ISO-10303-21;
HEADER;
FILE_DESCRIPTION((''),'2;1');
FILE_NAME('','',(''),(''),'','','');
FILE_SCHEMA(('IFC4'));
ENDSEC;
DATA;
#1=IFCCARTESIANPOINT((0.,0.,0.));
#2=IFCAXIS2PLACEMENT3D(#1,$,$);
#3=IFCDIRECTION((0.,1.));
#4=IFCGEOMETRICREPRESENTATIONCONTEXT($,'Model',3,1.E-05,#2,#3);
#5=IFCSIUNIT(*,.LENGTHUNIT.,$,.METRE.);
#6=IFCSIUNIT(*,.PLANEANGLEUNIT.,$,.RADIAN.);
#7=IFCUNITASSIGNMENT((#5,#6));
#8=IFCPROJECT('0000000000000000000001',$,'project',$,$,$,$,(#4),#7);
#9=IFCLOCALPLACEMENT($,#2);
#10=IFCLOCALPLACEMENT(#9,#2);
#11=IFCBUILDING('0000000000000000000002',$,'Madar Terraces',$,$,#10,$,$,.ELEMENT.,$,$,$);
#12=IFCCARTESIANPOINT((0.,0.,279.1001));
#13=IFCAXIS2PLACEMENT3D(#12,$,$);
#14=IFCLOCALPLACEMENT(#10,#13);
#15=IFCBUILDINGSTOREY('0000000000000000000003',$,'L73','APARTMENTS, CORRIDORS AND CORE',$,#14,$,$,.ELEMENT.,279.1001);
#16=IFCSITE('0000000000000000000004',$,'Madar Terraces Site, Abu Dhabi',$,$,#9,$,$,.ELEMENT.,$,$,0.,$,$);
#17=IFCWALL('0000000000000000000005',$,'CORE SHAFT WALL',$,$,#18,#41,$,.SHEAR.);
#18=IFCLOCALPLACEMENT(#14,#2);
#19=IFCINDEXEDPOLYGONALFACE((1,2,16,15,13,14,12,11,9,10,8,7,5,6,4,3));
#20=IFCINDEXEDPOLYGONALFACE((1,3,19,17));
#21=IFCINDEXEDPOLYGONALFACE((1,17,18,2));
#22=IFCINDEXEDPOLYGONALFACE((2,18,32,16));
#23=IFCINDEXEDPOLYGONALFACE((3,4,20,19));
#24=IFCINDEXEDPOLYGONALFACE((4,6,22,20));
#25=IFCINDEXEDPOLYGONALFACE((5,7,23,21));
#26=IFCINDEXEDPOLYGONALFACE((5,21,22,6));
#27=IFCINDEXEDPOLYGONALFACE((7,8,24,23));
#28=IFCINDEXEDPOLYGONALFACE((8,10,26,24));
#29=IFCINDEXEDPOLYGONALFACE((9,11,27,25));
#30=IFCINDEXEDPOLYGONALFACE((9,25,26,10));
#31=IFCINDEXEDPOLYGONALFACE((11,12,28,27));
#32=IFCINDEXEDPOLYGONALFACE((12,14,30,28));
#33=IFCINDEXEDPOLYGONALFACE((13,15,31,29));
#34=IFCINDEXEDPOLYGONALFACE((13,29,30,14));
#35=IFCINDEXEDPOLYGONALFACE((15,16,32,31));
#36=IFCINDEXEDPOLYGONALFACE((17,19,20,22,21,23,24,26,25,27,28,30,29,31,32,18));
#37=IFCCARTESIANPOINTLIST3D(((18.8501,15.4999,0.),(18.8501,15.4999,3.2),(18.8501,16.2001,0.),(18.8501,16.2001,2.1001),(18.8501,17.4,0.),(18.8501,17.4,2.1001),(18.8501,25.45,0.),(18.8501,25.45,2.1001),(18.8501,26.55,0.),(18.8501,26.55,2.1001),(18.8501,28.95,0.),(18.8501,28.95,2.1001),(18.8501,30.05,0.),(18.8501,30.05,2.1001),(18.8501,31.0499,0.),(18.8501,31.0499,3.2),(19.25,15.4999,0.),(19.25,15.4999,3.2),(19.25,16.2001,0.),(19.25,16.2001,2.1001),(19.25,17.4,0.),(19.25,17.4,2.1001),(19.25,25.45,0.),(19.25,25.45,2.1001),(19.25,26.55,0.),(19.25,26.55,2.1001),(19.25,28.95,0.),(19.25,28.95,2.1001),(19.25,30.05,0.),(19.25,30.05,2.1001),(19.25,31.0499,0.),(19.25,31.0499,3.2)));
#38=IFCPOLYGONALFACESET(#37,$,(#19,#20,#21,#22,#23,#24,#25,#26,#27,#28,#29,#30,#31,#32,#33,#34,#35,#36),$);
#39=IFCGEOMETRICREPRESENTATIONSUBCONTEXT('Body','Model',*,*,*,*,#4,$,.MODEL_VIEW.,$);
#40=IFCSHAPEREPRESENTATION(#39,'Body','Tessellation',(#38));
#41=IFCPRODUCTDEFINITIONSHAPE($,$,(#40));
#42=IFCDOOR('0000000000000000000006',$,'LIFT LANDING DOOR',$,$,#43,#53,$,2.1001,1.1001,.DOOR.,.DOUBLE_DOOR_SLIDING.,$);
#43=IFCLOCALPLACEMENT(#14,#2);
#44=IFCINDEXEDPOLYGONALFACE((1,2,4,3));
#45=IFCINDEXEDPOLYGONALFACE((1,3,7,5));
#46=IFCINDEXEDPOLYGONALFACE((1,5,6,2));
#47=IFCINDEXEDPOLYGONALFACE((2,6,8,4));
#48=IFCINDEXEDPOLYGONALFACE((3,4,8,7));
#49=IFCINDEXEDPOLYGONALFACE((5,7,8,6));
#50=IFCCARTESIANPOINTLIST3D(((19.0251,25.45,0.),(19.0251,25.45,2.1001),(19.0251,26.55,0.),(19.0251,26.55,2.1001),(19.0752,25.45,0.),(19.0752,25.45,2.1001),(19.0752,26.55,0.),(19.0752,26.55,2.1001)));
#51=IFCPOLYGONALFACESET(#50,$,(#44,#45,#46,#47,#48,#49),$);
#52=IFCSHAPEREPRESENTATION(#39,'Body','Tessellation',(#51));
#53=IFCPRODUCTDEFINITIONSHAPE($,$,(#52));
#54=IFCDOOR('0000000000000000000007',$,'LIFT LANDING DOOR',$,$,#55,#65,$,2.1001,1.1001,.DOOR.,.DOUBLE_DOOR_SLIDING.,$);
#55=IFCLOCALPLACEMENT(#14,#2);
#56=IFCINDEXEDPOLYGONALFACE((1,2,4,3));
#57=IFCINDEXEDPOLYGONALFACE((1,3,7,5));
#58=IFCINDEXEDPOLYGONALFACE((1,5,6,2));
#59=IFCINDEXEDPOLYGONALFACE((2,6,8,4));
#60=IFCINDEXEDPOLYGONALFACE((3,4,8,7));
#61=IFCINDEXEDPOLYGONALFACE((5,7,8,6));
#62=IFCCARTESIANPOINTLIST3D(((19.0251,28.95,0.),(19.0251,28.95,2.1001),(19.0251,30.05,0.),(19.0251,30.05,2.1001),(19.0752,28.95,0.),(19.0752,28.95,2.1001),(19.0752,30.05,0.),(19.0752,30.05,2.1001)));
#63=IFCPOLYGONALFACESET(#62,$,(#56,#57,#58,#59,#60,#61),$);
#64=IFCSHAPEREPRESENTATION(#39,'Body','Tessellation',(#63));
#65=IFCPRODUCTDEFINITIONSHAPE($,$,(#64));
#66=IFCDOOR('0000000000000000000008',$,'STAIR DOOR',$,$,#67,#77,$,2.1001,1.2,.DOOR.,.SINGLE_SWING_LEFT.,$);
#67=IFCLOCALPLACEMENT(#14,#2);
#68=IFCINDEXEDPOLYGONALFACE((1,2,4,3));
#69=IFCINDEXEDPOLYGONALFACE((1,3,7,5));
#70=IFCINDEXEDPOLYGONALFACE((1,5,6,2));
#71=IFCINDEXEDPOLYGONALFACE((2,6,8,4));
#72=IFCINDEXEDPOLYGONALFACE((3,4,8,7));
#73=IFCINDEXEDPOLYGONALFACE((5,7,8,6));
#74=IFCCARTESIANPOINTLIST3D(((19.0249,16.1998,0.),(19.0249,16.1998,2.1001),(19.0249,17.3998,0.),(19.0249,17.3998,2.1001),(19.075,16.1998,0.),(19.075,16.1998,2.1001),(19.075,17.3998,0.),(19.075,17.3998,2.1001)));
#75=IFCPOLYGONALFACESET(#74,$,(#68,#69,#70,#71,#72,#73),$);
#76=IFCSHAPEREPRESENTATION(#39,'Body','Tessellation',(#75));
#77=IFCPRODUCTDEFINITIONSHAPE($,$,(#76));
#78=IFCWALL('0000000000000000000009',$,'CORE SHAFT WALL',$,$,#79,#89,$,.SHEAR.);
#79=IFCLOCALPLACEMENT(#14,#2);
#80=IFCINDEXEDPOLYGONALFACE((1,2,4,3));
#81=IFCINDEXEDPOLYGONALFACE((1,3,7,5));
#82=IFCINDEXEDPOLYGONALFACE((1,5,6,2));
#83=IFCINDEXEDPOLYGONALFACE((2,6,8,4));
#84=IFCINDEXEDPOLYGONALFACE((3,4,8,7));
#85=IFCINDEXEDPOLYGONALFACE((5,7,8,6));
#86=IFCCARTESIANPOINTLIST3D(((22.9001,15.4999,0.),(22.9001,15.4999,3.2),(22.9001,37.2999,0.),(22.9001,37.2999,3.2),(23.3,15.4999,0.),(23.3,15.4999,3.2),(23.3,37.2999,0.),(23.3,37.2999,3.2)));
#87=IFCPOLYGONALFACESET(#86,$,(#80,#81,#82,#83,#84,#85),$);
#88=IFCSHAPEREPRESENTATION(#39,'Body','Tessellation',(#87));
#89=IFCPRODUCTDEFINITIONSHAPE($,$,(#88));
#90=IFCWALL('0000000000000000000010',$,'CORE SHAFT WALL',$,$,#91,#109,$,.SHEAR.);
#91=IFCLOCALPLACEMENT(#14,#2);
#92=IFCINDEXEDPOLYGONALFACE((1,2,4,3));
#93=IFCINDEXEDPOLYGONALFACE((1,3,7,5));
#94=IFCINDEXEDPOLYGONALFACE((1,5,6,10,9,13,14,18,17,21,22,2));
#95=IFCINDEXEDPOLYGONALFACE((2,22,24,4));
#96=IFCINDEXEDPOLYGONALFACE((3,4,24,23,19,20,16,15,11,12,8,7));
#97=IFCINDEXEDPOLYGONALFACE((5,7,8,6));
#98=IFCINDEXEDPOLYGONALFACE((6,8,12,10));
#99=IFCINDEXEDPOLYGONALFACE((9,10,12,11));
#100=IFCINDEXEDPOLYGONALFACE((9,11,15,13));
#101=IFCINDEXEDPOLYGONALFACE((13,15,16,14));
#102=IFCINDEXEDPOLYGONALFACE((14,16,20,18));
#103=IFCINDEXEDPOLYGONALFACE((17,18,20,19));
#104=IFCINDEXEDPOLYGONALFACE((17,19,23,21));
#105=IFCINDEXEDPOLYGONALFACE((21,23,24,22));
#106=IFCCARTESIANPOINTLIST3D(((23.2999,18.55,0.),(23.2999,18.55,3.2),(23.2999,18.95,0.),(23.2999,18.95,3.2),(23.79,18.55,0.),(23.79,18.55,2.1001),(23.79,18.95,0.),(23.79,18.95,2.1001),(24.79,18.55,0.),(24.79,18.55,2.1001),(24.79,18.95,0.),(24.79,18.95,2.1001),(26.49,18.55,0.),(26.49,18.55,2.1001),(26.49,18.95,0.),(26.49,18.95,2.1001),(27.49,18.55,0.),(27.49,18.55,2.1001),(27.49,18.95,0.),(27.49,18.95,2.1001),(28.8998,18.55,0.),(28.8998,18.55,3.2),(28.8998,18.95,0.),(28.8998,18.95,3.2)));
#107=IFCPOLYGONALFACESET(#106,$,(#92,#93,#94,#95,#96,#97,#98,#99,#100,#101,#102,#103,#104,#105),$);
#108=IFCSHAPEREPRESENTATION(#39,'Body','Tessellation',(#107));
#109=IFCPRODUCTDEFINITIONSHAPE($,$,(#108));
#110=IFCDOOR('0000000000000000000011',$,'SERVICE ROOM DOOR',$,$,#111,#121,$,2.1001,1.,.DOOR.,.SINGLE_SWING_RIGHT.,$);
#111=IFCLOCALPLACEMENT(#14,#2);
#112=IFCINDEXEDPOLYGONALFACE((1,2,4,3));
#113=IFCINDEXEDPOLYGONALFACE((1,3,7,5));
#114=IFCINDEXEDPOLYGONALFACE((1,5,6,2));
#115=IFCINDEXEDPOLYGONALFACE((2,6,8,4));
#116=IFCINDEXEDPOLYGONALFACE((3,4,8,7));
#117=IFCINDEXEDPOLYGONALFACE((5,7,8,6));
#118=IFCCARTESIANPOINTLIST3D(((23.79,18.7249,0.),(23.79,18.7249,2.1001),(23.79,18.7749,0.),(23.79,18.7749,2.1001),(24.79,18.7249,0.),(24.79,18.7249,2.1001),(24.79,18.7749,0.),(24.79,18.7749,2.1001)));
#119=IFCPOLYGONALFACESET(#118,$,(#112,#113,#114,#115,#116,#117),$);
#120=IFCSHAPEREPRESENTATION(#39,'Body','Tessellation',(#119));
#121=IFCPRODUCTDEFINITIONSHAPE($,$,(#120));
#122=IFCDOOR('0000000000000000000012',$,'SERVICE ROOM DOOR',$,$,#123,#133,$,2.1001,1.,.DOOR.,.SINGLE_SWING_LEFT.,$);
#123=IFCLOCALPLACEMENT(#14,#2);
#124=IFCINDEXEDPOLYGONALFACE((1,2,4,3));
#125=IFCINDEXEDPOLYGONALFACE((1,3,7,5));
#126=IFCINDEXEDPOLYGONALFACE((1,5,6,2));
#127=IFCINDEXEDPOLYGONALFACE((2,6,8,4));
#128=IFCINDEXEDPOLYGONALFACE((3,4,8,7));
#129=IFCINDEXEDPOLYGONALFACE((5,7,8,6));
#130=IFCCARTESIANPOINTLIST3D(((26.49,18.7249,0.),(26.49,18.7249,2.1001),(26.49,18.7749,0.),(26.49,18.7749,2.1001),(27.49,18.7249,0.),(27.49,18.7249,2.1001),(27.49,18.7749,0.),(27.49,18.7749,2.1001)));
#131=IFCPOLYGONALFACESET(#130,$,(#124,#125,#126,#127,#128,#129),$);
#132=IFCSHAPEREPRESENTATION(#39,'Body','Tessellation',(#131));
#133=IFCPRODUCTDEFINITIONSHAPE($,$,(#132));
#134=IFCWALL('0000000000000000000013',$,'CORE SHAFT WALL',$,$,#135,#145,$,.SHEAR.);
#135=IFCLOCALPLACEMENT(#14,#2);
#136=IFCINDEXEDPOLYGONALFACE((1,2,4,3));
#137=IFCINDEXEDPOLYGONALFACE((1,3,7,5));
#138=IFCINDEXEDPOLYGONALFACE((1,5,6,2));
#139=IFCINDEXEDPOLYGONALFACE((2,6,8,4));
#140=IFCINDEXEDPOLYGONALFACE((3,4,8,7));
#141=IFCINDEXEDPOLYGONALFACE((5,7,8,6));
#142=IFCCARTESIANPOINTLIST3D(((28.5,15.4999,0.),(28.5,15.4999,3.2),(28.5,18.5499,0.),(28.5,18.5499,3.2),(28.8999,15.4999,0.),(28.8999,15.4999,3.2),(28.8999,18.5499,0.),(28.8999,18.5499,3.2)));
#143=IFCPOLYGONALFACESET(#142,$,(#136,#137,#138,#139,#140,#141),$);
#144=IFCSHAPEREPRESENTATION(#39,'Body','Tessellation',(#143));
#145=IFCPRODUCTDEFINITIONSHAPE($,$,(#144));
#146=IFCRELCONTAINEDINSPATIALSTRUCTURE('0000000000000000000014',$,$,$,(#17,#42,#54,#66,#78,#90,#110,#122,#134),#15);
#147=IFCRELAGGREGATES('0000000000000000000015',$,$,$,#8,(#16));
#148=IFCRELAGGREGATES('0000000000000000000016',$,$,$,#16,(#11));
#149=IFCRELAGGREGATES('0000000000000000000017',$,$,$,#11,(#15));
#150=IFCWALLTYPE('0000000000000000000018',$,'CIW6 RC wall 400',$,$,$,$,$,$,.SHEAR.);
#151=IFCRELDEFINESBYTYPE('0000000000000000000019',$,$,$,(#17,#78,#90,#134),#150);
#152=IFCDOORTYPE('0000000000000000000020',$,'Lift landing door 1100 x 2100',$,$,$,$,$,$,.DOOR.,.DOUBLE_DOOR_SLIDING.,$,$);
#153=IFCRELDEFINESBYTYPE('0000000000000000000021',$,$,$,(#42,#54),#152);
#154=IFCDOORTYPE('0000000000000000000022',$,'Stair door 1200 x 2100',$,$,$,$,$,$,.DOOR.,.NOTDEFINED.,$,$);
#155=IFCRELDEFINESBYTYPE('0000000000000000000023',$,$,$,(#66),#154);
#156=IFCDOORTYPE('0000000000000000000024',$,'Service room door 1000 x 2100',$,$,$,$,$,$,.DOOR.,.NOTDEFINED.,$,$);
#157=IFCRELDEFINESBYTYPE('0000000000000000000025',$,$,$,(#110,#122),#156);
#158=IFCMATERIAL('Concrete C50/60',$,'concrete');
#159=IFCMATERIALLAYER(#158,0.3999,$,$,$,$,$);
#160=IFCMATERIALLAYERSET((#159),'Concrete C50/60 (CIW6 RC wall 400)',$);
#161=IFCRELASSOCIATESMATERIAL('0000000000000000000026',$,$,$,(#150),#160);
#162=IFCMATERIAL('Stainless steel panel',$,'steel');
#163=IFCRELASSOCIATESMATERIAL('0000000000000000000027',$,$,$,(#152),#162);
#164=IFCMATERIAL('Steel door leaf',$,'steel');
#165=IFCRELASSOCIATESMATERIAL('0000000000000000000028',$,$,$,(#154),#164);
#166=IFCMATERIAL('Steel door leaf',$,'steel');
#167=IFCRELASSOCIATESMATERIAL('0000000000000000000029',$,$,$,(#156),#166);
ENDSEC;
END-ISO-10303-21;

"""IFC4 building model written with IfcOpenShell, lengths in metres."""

from ifc_helpers import new_model, si_unit, direction, frame, frame_2d, origin, place, context, subcontext, project, spatial, rectangle, extrude, material, layer, layer_set, type_object, element, fill, save


model = new_model("IFC4")

# Units and contexts
model_context = context("Model", 3, precision=1e-05, world=origin(), true_north=direction((0.0, 1.0)))
body_context = subcontext(model_context, "Body", "Model", "MODEL_VIEW")
ifc_project = project(units=[si_unit("LENGTHUNIT", "METRE"), si_unit("PLANEANGLEUNIT", "RADIAN")], contexts=[model_context])

# Site, building, storey
site_placement = place(None, origin())
site = spatial("IfcSite", under=ifc_project, at=site_placement, Name="Madar Terraces Site, Abu Dhabi", CompositionType="ELEMENT", RefElevation=0.0)
building_placement = place(site_placement, origin())
building = spatial("IfcBuilding", under=site, at=building_placement, Name="Madar Terraces", CompositionType="ELEMENT")
storey_placement = place(building_placement, frame((0.0, 0.0, 279.1001)))
storey = spatial("IfcBuildingStorey", under=building, at=storey_placement, Name="L73", Description="APARTMENTS, CORRIDORS AND CORE", CompositionType="ELEMENT", Elevation=279.1001)

# Wall, openings, doors
ifc_material_1 = material(Name="Concrete C50/60", Category="concrete")
ifc_layer_1 = layer(ifc_material_1, 0.3999)
ifc_layer_set_1 = layer_set([ifc_layer_1], Name="Concrete C50/60 (CIW6 RC wall 400)")
wall_type_1 = type_object("IfcWallType", Name="CIW6 RC wall 400", PredefinedType="SHEAR", material=ifc_layer_set_1)
wall_1_placement = place(storey_placement, frame((19.05, 15.5, 0.0), z_axis=(0.0, 0.0, 1.0), x_axis=(0.0, 1.0, 0.0)))
wall_1 = element("IfcWall", 1, at=wall_1_placement, inside=storey, type_object=wall_type_1, Name="CORE SHAFT WALL", PredefinedType="SHEAR", context=body_context, shape_type="SweptSolid", body=[
    extrude(rectangle(XDim=15.55, YDim=0.3999, at=frame_2d((7.7749, 0.0))), origin(), (0.0, 0.0, 1.0), 3.2),
])
opening_1_placement = place(wall_1_placement, frame((9.95, 0.0, 0.0)))
opening_1 = element("IfcOpeningElement", 2, at=opening_1_placement, cuts=wall_1, PredefinedType="OPENING", context=body_context, shape_type="SweptSolid", body=[
    extrude(rectangle(XDim=1.1001, YDim=2.1001, at=frame_2d((0.55, 1.05))), frame((0.0, 0.21, 0.0), z_axis=(0.0, -1.0, 0.0), x_axis=(1.0, 0.0, 0.0)), (0.0, 0.0, 1.0), 0.4199),
])
opening_2_placement = place(wall_1_placement, frame((13.45, 0.0, 0.0)))
opening_2 = element("IfcOpeningElement", 3, at=opening_2_placement, cuts=wall_1, PredefinedType="OPENING", context=body_context, shape_type="SweptSolid", body=[
    extrude(rectangle(XDim=1.1001, YDim=2.1001, at=frame_2d((0.55, 1.05))), frame((0.0, 0.21, 0.0), z_axis=(0.0, -1.0, 0.0), x_axis=(1.0, 0.0, 0.0)), (0.0, 0.0, 1.0), 0.4199),
])
opening_3_placement = place(wall_1_placement, frame((0.7, 0.0, 0.0)))
opening_3 = element("IfcOpeningElement", 4, at=opening_3_placement, cuts=wall_1, PredefinedType="OPENING", context=body_context, shape_type="SweptSolid", body=[
    extrude(rectangle(XDim=1.2, YDim=2.1001, at=frame_2d((0.6001, 1.05))), frame((0.0, 0.21, 0.0), z_axis=(0.0, -1.0, 0.0), x_axis=(1.0, 0.0, 0.0)), (0.0, 0.0, 1.0), 0.4199),
])
ifc_material_2 = material(Name="Stainless steel panel", Category="steel")
door_type_1 = type_object("IfcDoorType", Name="Lift landing door 1100 x 2100", OperationType="DOUBLE_DOOR_SLIDING", PredefinedType="DOOR", material=ifc_material_2)
door_1_placement = place(opening_1_placement, origin())
door_1 = element("IfcDoor", 5, at=door_1_placement, inside=storey, type_object=door_type_1, Name="LIFT LANDING DOOR", OperationType="DOUBLE_DOOR_SLIDING", OverallHeight=2.1001, OverallWidth=1.1001, PredefinedType="DOOR", context=body_context, shape_type="SweptSolid", body=[
    extrude(rectangle(XDim=1.1001, YDim=2.1001, at=frame_2d((0.55, 1.05))), frame((0.0, 0.0249, 0.0), z_axis=(0.0, -1.0, 0.0), x_axis=(1.0, 0.0, 0.0)), (0.0, 0.0, 1.0), 0.05),
])
fill(opening_1, door_1)
door_2_placement = place(opening_2_placement, origin())
door_2 = element("IfcDoor", 6, at=door_2_placement, inside=storey, type_object=door_type_1, Name="LIFT LANDING DOOR", OperationType="DOUBLE_DOOR_SLIDING", OverallHeight=2.1001, OverallWidth=1.1001, PredefinedType="DOOR", context=body_context, shape_type="SweptSolid", body=[
    extrude(rectangle(XDim=1.1001, YDim=2.1001, at=frame_2d((0.55, 1.05))), frame((0.0, 0.0249, 0.0), z_axis=(0.0, -1.0, 0.0), x_axis=(1.0, 0.0, 0.0)), (0.0, 0.0, 1.0), 0.05),
])
fill(opening_2, door_2)
ifc_material_3 = material(Name="Steel door leaf", Category="steel")
door_type_2 = type_object("IfcDoorType", Name="Stair door 1200 x 2100", OperationType="NOTDEFINED", PredefinedType="DOOR", material=ifc_material_3)
door_3_placement = place(opening_3_placement, frame((1.2, 0.0, 0.0), z_axis=(0.0, 0.0, 1.0), x_axis=(-1.0, 0.0, 0.0)))
door_3 = element("IfcDoor", 7, at=door_3_placement, inside=storey, type_object=door_type_2, Name="STAIR DOOR", OperationType="SINGLE_SWING_LEFT", OverallHeight=2.1001, OverallWidth=1.2, PredefinedType="DOOR", context=body_context, shape_type="SweptSolid", body=[
    extrude(rectangle(XDim=1.2, YDim=2.1001, at=frame_2d((0.6001, 1.05))), frame((0.0, 0.0249, 0.0), z_axis=(0.0, -1.0, 0.0), x_axis=(1.0, 0.0, 0.0)), (0.0, 0.0, 1.0), 0.05),
])
fill(opening_3, door_3)

# Wall
wall_2_placement = place(storey_placement, frame((23.1001, 15.5, 0.0), z_axis=(0.0, 0.0, 1.0), x_axis=(0.0, 1.0, 0.0)))
element("IfcWall", 8, at=wall_2_placement, inside=storey, type_object=wall_type_1, Name="CORE SHAFT WALL", PredefinedType="SHEAR", context=body_context, shape_type="SweptSolid", body=[
    extrude(rectangle(XDim=21.8, YDim=0.3999, at=frame_2d((10.8999, 0.0))), origin(), (0.0, 0.0, 1.0), 3.2),
])

# Wall, openings, doors
wall_3_placement = place(storey_placement, frame((23.3, 18.75, 0.0), z_axis=(0.0, 0.0, 1.0), x_axis=(1.0, 0.0, 0.0)))
wall_3 = element("IfcWall", 9, at=wall_3_placement, inside=storey, type_object=wall_type_1, Name="CORE SHAFT WALL", PredefinedType="SHEAR", context=body_context, shape_type="SweptSolid", body=[
    extrude(rectangle(XDim=5.5999, YDim=0.3999, at=frame_2d((2.7998, 0.0))), origin(), (0.0, 0.0, 1.0), 3.2),
])
opening_4_placement = place(wall_3_placement, frame((0.49, 0.0, 0.0)))
opening_4 = element("IfcOpeningElement", 10, at=opening_4_placement, cuts=wall_3, PredefinedType="OPENING", context=body_context, shape_type="SweptSolid", body=[
    extrude(rectangle(XDim=1.0, YDim=2.1001, at=frame_2d((0.5, 1.05))), frame((0.0, 0.21, 0.0), z_axis=(0.0, -1.0, 0.0), x_axis=(1.0, 0.0, 0.0)), (0.0, 0.0, 1.0), 0.4199),
])
opening_5_placement = place(wall_3_placement, frame((3.1899, 0.0, 0.0)))
opening_5 = element("IfcOpeningElement", 11, at=opening_5_placement, cuts=wall_3, PredefinedType="OPENING", context=body_context, shape_type="SweptSolid", body=[
    extrude(rectangle(XDim=1.0, YDim=2.1001, at=frame_2d((0.5, 1.05))), frame((0.0, 0.21, 0.0), z_axis=(0.0, -1.0, 0.0), x_axis=(1.0, 0.0, 0.0)), (0.0, 0.0, 1.0), 0.4199),
])
ifc_material_4 = material(Name="Steel door leaf", Category="steel")
door_type_3 = type_object("IfcDoorType", Name="Service room door 1000 x 2100", OperationType="NOTDEFINED", PredefinedType="DOOR", material=ifc_material_4)
door_4_placement = place(opening_4_placement, origin())
door_4 = element("IfcDoor", 12, at=door_4_placement, inside=storey, type_object=door_type_3, Name="SERVICE ROOM DOOR", OperationType="SINGLE_SWING_RIGHT", OverallHeight=2.1001, OverallWidth=1.0, PredefinedType="DOOR", context=body_context, shape_type="SweptSolid", body=[
    extrude(rectangle(XDim=1.0, YDim=2.1001, at=frame_2d((0.5, 1.05))), frame((0.0, 0.0249, 0.0), z_axis=(0.0, -1.0, 0.0), x_axis=(1.0, 0.0, 0.0)), (0.0, 0.0, 1.0), 0.05),
])
fill(opening_4, door_4)
door_5_placement = place(opening_5_placement, origin())
door_5 = element("IfcDoor", 13, at=door_5_placement, inside=storey, type_object=door_type_3, Name="SERVICE ROOM DOOR", OperationType="SINGLE_SWING_LEFT", OverallHeight=2.1001, OverallWidth=1.0, PredefinedType="DOOR", context=body_context, shape_type="SweptSolid", body=[
    extrude(rectangle(XDim=1.0, YDim=2.1001, at=frame_2d((0.5, 1.05))), frame((0.0, 0.0249, 0.0), z_axis=(0.0, -1.0, 0.0), x_axis=(1.0, 0.0, 0.0)), (0.0, 0.0, 1.0), 0.05),
])
fill(opening_5, door_5)

# Wall
wall_4_placement = place(storey_placement, frame((28.7, 15.5, 0.0), z_axis=(0.0, 0.0, 1.0), x_axis=(0.0, 1.0, 0.0)))
element("IfcWall", 14, at=wall_4_placement, inside=storey, type_object=wall_type_1, Name="CORE SHAFT WALL", PredefinedType="SHEAR", context=body_context, shape_type="SweptSolid", body=[
    extrude(rectangle(XDim=3.05, YDim=0.3999, at=frame_2d((1.5249, 0.0))), origin(), (0.0, 0.0, 1.0), 3.2),
])

save(model, "model.ifc")
